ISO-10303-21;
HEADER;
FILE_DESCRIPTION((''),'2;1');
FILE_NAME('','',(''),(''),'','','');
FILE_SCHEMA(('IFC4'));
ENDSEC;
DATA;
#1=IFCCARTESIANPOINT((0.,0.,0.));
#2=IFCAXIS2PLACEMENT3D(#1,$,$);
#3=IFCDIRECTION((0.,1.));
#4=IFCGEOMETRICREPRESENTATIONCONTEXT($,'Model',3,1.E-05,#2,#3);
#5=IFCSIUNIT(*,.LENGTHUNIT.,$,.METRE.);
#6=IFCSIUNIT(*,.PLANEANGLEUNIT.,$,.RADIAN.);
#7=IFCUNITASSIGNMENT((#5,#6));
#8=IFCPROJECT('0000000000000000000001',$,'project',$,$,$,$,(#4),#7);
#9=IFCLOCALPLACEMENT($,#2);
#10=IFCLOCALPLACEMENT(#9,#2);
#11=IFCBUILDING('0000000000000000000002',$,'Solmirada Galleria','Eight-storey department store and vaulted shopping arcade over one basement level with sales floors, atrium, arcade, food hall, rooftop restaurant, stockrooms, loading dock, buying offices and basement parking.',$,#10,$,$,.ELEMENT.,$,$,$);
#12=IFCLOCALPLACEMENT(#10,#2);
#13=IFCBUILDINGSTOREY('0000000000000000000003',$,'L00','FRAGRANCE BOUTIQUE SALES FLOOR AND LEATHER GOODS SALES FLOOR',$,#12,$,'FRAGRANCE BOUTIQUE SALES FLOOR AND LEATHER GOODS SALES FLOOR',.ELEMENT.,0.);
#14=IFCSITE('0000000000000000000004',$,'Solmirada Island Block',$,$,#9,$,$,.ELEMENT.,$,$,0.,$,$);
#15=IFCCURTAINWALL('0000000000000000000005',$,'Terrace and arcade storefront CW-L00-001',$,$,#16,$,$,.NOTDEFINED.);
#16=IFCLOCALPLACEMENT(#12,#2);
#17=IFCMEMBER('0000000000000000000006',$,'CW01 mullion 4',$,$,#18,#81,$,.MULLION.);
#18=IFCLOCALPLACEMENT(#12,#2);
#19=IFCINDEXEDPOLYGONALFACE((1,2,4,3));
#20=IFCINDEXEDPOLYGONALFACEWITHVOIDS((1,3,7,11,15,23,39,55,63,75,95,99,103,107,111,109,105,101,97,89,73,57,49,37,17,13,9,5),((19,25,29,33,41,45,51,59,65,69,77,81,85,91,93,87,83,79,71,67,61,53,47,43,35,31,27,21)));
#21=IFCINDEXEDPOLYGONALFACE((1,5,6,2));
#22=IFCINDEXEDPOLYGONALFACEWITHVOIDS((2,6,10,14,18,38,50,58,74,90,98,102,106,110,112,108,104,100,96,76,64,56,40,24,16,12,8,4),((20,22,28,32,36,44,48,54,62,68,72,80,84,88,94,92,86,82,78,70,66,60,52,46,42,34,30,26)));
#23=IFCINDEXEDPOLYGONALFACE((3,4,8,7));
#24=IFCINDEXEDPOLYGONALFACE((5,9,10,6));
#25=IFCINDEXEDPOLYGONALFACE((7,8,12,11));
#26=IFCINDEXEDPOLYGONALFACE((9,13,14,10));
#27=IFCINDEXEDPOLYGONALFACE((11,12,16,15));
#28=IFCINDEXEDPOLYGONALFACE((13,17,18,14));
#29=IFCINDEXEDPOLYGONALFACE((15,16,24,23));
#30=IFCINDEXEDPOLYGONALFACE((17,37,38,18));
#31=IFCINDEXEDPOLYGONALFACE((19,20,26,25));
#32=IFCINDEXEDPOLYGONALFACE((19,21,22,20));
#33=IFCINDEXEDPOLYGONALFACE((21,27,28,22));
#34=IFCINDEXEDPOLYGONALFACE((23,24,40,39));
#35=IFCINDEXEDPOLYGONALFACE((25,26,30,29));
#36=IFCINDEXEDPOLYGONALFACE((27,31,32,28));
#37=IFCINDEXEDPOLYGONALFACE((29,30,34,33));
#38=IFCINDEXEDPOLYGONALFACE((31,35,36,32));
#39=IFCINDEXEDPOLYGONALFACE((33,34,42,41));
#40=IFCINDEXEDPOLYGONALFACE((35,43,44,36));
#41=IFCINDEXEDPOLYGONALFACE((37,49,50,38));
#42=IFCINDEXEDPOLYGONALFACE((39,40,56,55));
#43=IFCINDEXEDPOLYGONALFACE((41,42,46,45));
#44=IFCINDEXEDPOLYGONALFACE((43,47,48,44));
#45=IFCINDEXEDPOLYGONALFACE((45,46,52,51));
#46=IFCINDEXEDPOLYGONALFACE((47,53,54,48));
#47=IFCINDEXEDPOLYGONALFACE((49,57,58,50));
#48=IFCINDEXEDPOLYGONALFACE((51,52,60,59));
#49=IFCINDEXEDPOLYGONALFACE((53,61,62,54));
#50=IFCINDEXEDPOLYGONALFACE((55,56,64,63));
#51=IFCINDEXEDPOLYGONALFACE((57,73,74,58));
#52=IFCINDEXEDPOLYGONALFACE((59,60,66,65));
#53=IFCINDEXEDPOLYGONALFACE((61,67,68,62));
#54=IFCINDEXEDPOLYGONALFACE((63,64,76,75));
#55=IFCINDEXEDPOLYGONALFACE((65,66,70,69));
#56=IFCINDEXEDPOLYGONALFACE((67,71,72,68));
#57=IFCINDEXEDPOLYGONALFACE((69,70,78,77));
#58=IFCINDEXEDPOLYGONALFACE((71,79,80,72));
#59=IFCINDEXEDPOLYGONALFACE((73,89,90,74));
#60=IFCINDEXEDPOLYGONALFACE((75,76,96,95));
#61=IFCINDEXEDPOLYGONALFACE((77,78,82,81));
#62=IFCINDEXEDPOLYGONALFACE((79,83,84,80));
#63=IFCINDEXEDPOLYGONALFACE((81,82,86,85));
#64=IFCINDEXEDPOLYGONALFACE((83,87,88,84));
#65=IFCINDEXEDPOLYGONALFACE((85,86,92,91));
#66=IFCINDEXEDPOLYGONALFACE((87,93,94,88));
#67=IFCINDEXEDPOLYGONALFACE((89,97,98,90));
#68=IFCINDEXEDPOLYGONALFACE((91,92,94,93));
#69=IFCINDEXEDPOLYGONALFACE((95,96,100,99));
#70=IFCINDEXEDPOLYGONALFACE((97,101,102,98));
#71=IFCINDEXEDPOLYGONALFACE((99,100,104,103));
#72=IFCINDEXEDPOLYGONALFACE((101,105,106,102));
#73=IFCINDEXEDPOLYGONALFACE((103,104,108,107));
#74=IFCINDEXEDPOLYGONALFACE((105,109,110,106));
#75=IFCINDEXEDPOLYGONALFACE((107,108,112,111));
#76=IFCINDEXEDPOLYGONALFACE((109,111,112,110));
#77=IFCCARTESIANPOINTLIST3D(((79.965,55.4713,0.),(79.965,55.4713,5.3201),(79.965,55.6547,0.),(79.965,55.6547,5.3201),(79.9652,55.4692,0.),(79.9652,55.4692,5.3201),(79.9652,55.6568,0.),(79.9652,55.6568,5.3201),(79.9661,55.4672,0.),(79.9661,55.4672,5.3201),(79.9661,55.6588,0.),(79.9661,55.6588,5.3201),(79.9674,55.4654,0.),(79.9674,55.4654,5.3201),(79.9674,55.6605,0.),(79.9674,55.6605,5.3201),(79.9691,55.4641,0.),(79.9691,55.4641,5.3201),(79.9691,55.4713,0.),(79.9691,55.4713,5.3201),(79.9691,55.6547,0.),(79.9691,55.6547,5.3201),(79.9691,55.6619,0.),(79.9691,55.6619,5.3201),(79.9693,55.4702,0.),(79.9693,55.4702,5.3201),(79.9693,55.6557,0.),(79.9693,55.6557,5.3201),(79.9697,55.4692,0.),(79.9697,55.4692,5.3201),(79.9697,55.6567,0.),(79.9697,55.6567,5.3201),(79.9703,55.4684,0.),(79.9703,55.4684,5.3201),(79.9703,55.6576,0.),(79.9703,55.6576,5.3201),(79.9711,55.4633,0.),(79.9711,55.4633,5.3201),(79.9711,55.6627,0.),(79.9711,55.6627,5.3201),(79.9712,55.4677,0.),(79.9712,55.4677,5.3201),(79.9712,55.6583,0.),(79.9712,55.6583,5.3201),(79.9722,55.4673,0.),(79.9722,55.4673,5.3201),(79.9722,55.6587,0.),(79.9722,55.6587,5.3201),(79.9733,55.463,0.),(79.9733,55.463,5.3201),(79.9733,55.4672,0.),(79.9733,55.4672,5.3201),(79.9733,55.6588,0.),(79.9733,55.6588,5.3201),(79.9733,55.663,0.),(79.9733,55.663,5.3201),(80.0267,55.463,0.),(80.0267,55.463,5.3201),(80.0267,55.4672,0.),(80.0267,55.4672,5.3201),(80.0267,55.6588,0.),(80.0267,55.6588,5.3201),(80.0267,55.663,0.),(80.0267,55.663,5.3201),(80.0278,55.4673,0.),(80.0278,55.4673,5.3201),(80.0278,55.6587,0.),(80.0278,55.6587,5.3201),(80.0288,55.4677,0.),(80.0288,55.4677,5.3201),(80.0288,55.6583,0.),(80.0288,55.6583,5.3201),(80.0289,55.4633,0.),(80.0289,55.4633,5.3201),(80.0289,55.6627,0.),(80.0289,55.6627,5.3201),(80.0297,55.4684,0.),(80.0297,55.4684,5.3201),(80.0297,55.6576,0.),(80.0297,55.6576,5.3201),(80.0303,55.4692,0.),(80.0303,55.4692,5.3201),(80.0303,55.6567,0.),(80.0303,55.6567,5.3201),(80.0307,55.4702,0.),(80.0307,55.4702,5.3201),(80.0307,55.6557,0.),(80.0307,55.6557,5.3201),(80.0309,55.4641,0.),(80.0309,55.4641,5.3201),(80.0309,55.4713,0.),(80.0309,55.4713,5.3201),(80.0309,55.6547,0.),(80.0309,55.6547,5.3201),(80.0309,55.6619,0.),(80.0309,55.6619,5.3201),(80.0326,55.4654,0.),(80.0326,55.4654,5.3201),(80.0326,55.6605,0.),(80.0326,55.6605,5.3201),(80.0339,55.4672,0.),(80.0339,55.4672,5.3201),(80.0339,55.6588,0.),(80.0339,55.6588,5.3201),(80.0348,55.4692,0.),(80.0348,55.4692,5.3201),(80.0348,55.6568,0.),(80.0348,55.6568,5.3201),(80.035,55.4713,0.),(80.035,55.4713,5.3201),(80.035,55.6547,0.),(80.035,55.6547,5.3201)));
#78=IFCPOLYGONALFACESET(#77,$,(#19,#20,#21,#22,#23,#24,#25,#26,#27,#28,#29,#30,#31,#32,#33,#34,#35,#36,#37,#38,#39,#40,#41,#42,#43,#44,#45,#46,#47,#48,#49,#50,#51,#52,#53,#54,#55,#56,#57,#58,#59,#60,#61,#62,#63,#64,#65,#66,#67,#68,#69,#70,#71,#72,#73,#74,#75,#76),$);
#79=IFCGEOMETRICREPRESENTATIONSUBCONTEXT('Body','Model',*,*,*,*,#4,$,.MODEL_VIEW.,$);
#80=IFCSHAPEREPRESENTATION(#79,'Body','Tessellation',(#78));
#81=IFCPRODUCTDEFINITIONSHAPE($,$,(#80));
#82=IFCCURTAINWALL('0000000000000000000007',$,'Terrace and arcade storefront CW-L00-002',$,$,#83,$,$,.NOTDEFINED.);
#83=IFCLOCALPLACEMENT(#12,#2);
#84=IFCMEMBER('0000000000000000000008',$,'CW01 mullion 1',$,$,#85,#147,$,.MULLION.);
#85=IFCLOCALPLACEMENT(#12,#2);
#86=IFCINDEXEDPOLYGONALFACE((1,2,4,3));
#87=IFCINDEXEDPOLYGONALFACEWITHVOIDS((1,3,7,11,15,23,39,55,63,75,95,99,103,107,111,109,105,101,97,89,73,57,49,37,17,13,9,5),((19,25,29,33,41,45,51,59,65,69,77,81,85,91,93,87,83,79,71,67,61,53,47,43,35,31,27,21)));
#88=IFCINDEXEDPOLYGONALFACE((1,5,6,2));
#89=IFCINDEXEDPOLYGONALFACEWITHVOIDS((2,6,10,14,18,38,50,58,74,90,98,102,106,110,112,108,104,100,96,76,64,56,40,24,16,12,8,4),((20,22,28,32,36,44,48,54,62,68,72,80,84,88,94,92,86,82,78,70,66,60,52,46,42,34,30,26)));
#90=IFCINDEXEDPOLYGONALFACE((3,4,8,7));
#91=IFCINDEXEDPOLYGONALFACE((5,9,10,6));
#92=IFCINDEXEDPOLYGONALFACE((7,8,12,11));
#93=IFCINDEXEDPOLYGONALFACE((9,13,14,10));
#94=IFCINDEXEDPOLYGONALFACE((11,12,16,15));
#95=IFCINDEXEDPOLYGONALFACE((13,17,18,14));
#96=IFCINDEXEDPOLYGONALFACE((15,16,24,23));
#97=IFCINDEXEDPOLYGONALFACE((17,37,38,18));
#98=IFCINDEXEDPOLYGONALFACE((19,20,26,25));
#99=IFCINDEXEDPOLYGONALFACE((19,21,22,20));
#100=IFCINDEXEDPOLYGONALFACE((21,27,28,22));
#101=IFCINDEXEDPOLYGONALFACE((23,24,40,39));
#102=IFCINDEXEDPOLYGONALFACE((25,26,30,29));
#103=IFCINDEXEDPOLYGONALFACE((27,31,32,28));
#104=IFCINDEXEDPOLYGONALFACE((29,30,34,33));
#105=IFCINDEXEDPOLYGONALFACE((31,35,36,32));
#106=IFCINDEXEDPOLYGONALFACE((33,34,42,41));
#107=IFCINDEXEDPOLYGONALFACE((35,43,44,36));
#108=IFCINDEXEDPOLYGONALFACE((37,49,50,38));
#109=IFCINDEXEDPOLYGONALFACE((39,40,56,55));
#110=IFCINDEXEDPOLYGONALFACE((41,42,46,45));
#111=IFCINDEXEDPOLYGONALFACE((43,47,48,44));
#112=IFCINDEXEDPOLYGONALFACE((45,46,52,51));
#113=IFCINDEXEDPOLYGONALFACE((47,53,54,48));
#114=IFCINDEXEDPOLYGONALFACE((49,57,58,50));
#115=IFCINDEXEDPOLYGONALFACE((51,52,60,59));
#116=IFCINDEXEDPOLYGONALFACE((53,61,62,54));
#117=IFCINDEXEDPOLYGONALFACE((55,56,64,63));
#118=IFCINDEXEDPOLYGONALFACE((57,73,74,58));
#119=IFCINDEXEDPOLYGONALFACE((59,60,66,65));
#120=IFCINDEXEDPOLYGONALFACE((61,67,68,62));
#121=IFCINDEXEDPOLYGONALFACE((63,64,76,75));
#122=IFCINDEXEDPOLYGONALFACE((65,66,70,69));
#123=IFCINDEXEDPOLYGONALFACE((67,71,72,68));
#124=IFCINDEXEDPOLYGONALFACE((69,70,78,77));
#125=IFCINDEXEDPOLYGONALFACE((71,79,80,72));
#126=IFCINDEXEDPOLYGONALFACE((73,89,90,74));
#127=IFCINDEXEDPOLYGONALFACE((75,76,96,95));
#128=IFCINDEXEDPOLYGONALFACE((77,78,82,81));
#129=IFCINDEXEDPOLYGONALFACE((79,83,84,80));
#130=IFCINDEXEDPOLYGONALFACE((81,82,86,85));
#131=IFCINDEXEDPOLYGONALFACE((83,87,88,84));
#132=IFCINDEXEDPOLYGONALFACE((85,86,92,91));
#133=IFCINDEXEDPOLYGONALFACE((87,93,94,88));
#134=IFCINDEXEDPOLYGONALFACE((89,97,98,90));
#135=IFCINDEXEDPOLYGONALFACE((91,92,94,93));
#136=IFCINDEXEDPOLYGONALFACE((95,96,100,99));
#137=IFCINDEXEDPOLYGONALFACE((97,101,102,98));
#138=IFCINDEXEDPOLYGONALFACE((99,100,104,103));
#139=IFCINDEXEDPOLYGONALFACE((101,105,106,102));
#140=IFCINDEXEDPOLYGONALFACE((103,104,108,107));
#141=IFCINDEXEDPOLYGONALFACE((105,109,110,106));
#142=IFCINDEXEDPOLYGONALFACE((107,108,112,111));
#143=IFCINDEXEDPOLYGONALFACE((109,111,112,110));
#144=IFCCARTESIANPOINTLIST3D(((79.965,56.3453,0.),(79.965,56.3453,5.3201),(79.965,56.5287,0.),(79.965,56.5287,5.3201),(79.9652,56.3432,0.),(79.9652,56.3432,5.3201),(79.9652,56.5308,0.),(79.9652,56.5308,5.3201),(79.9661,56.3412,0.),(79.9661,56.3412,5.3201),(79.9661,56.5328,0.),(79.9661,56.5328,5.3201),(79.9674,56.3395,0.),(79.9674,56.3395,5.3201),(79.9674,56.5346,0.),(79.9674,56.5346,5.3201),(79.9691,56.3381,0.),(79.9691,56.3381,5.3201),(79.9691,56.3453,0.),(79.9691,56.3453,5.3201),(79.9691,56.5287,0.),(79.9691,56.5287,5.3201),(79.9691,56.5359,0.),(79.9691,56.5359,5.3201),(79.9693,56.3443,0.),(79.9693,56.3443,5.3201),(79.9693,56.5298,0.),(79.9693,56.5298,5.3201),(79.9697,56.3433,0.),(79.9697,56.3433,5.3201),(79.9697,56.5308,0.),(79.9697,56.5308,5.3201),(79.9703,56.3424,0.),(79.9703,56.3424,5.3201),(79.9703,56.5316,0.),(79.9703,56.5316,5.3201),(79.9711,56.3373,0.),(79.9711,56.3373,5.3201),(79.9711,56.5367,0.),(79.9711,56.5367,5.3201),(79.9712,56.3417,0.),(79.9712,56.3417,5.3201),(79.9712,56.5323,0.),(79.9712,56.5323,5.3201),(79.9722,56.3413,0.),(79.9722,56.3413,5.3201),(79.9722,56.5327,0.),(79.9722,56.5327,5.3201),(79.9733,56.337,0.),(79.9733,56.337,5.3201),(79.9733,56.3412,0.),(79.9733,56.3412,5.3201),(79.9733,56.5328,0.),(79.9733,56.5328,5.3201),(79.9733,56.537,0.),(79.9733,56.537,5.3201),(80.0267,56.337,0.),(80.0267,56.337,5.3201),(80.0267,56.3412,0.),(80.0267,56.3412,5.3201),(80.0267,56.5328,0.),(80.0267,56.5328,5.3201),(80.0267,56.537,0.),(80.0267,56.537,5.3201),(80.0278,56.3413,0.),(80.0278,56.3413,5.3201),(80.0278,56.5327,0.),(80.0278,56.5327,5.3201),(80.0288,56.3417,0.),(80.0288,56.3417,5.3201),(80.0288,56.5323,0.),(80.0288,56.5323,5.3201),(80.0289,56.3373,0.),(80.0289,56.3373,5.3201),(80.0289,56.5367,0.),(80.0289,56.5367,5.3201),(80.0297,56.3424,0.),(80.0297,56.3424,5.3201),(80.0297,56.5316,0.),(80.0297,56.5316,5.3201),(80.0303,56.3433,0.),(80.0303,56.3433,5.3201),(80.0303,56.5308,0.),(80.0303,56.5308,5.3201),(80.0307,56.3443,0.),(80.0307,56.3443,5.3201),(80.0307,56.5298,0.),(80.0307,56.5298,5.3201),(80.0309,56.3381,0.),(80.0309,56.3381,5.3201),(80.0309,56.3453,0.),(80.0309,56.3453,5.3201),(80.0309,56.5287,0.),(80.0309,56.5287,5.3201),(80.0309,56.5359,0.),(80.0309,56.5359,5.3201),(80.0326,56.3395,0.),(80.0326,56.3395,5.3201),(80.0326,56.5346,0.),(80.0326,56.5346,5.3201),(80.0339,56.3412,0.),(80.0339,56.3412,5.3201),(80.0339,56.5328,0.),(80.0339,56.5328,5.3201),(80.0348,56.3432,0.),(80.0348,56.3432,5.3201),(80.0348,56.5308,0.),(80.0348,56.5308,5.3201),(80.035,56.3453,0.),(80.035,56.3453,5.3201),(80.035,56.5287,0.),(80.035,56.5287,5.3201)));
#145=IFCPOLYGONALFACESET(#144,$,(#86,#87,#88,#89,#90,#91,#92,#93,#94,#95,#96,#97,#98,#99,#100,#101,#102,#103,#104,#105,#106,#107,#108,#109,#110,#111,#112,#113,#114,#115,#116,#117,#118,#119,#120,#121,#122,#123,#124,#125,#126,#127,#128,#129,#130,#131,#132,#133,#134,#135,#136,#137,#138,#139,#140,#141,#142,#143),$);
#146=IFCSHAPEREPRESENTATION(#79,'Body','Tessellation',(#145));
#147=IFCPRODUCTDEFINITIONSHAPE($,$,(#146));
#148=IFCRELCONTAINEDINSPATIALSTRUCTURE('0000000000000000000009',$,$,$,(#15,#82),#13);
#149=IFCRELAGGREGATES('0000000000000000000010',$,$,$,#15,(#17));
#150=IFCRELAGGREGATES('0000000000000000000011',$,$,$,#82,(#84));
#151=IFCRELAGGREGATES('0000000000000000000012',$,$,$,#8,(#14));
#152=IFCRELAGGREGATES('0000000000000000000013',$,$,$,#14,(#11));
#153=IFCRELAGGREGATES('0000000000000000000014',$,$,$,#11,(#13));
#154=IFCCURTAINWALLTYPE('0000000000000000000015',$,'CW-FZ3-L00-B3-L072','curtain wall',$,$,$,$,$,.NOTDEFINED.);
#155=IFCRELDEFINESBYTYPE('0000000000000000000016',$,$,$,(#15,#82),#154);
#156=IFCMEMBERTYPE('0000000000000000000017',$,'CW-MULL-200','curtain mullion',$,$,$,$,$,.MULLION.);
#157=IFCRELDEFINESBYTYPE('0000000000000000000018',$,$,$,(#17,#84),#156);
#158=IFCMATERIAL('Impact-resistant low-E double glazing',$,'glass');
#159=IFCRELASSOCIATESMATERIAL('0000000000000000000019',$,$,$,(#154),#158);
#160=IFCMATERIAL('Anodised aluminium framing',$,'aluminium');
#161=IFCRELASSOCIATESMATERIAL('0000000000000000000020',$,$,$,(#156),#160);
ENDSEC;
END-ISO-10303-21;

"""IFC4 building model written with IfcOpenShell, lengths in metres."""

from ifc_helpers import new_model, si_unit, direction, frame, origin, origin_2d, place, context, subcontext, project, spatial, hollow_rectangle, extrude, material, material_profile, profile_set, type_object, element, aggregate, save


model = new_model("IFC4")

# Units and contexts
model_context = context("Model", 3, precision=1e-05, world=origin(), true_north=direction((0.0, 1.0)))
body_context = subcontext(model_context, "Body", "Model", "MODEL_VIEW")
ifc_project = project(units=[si_unit("LENGTHUNIT", "METRE"), si_unit("PLANEANGLEUNIT", "RADIAN")], contexts=[model_context])

# Site, building, storey
site_placement = place(None, origin())
site = spatial("IfcSite", under=ifc_project, at=site_placement, Name="Solmirada Island Block", CompositionType="ELEMENT", RefElevation=0.0)
building_placement = place(site_placement, origin())
building = spatial("IfcBuilding", under=site, at=building_placement, Name="Solmirada Galleria", Description="Eight-storey department store and vaulted shopping arcade over one basement level with sales floors, atrium, arcade, food hall, rooftop restaurant, stockrooms, loading dock, buying offices and basement parking.", CompositionType="ELEMENT")
storey_placement = place(building_placement, origin())
storey = spatial("IfcBuildingStorey", under=building, at=storey_placement, Name="L00", Description="FRAGRANCE BOUTIQUE SALES FLOOR AND LEATHER GOODS SALES FLOOR", LongName="FRAGRANCE BOUTIQUE SALES FLOOR AND LEATHER GOODS SALES FLOOR", CompositionType="ELEMENT", Elevation=0.0)

# Curtain walls, members
ifc_material_1 = material(Name="Impact-resistant low-E double glazing", Category="glass")
curtain_wall_type = type_object("IfcCurtainWallType", Name="CW-FZ3-L00-B3-L072", Description="curtain wall", PredefinedType="NOTDEFINED", material=ifc_material_1)
curtain_wall_1_placement = place(storey_placement, origin())
curtain_wall_1 = element("IfcCurtainWall", 1, at=curtain_wall_1_placement, inside=storey, type_object=curtain_wall_type, Name="Terrace and arcade storefront CW-L00-001", PredefinedType="NOTDEFINED")
ifc_material_2 = material(Name="Anodised aluminium framing", Category="aluminium")
ifc_material_profile_1 = material_profile(ifc_material_2, hollow_rectangle(XDim=0.0701, YDim=0.2, WallThickness=0.0042, InnerFilletRadius=0.0042, OuterFilletRadius=0.0083, at=origin_2d()), Name="ALU-MULL-200X70")
ifc_profile_set_1 = profile_set([ifc_material_profile_1], Name="Anodised aluminium framing")
member_type_1 = type_object("IfcMemberType", Name="CW-MULL-200", Description="curtain mullion", PredefinedType="MULLION", material=ifc_profile_set_1)
member_1_placement = place(storey_placement, frame((80.0, 55.563, 0.0), z_axis=(0.0, 0.0, 1.0), x_axis=(-1.0, 0.0, 0.0)))
member_1 = element("IfcMember", 2, at=member_1_placement, type_object=member_type_1, Name="CW01 mullion 4", PredefinedType="MULLION", context=body_context, shape_type="SweptSolid", body=[
    extrude(hollow_rectangle(XDim=0.0701, YDim=0.2, WallThickness=0.0042, InnerFilletRadius=0.0042, OuterFilletRadius=0.0083, at=origin_2d()), origin(), (0.0, 0.0, 1.0), 5.3201),
])
curtain_wall_2_placement = place(storey_placement, origin())
curtain_wall_2 = element("IfcCurtainWall", 3, at=curtain_wall_2_placement, inside=storey, type_object=curtain_wall_type, Name="Terrace and arcade storefront CW-L00-002", PredefinedType="NOTDEFINED")
member_2_placement = place(storey_placement, frame((80.0, 56.437, 0.0), z_axis=(0.0, 0.0, 1.0), x_axis=(-1.0, 0.0, 0.0)))
member_2 = element("IfcMember", 4, at=member_2_placement, type_object=member_type_1, Name="CW01 mullion 1", PredefinedType="MULLION", context=body_context, shape_type="SweptSolid", body=[
    extrude(hollow_rectangle(XDim=0.0701, YDim=0.2, WallThickness=0.0042, InnerFilletRadius=0.0042, OuterFilletRadius=0.0083, at=origin_2d()), origin(), (0.0, 0.0, 1.0), 5.3201),
])

aggregate(curtain_wall_1, [member_1])
aggregate(curtain_wall_2, [member_2])

save(model, "model.ifc")
